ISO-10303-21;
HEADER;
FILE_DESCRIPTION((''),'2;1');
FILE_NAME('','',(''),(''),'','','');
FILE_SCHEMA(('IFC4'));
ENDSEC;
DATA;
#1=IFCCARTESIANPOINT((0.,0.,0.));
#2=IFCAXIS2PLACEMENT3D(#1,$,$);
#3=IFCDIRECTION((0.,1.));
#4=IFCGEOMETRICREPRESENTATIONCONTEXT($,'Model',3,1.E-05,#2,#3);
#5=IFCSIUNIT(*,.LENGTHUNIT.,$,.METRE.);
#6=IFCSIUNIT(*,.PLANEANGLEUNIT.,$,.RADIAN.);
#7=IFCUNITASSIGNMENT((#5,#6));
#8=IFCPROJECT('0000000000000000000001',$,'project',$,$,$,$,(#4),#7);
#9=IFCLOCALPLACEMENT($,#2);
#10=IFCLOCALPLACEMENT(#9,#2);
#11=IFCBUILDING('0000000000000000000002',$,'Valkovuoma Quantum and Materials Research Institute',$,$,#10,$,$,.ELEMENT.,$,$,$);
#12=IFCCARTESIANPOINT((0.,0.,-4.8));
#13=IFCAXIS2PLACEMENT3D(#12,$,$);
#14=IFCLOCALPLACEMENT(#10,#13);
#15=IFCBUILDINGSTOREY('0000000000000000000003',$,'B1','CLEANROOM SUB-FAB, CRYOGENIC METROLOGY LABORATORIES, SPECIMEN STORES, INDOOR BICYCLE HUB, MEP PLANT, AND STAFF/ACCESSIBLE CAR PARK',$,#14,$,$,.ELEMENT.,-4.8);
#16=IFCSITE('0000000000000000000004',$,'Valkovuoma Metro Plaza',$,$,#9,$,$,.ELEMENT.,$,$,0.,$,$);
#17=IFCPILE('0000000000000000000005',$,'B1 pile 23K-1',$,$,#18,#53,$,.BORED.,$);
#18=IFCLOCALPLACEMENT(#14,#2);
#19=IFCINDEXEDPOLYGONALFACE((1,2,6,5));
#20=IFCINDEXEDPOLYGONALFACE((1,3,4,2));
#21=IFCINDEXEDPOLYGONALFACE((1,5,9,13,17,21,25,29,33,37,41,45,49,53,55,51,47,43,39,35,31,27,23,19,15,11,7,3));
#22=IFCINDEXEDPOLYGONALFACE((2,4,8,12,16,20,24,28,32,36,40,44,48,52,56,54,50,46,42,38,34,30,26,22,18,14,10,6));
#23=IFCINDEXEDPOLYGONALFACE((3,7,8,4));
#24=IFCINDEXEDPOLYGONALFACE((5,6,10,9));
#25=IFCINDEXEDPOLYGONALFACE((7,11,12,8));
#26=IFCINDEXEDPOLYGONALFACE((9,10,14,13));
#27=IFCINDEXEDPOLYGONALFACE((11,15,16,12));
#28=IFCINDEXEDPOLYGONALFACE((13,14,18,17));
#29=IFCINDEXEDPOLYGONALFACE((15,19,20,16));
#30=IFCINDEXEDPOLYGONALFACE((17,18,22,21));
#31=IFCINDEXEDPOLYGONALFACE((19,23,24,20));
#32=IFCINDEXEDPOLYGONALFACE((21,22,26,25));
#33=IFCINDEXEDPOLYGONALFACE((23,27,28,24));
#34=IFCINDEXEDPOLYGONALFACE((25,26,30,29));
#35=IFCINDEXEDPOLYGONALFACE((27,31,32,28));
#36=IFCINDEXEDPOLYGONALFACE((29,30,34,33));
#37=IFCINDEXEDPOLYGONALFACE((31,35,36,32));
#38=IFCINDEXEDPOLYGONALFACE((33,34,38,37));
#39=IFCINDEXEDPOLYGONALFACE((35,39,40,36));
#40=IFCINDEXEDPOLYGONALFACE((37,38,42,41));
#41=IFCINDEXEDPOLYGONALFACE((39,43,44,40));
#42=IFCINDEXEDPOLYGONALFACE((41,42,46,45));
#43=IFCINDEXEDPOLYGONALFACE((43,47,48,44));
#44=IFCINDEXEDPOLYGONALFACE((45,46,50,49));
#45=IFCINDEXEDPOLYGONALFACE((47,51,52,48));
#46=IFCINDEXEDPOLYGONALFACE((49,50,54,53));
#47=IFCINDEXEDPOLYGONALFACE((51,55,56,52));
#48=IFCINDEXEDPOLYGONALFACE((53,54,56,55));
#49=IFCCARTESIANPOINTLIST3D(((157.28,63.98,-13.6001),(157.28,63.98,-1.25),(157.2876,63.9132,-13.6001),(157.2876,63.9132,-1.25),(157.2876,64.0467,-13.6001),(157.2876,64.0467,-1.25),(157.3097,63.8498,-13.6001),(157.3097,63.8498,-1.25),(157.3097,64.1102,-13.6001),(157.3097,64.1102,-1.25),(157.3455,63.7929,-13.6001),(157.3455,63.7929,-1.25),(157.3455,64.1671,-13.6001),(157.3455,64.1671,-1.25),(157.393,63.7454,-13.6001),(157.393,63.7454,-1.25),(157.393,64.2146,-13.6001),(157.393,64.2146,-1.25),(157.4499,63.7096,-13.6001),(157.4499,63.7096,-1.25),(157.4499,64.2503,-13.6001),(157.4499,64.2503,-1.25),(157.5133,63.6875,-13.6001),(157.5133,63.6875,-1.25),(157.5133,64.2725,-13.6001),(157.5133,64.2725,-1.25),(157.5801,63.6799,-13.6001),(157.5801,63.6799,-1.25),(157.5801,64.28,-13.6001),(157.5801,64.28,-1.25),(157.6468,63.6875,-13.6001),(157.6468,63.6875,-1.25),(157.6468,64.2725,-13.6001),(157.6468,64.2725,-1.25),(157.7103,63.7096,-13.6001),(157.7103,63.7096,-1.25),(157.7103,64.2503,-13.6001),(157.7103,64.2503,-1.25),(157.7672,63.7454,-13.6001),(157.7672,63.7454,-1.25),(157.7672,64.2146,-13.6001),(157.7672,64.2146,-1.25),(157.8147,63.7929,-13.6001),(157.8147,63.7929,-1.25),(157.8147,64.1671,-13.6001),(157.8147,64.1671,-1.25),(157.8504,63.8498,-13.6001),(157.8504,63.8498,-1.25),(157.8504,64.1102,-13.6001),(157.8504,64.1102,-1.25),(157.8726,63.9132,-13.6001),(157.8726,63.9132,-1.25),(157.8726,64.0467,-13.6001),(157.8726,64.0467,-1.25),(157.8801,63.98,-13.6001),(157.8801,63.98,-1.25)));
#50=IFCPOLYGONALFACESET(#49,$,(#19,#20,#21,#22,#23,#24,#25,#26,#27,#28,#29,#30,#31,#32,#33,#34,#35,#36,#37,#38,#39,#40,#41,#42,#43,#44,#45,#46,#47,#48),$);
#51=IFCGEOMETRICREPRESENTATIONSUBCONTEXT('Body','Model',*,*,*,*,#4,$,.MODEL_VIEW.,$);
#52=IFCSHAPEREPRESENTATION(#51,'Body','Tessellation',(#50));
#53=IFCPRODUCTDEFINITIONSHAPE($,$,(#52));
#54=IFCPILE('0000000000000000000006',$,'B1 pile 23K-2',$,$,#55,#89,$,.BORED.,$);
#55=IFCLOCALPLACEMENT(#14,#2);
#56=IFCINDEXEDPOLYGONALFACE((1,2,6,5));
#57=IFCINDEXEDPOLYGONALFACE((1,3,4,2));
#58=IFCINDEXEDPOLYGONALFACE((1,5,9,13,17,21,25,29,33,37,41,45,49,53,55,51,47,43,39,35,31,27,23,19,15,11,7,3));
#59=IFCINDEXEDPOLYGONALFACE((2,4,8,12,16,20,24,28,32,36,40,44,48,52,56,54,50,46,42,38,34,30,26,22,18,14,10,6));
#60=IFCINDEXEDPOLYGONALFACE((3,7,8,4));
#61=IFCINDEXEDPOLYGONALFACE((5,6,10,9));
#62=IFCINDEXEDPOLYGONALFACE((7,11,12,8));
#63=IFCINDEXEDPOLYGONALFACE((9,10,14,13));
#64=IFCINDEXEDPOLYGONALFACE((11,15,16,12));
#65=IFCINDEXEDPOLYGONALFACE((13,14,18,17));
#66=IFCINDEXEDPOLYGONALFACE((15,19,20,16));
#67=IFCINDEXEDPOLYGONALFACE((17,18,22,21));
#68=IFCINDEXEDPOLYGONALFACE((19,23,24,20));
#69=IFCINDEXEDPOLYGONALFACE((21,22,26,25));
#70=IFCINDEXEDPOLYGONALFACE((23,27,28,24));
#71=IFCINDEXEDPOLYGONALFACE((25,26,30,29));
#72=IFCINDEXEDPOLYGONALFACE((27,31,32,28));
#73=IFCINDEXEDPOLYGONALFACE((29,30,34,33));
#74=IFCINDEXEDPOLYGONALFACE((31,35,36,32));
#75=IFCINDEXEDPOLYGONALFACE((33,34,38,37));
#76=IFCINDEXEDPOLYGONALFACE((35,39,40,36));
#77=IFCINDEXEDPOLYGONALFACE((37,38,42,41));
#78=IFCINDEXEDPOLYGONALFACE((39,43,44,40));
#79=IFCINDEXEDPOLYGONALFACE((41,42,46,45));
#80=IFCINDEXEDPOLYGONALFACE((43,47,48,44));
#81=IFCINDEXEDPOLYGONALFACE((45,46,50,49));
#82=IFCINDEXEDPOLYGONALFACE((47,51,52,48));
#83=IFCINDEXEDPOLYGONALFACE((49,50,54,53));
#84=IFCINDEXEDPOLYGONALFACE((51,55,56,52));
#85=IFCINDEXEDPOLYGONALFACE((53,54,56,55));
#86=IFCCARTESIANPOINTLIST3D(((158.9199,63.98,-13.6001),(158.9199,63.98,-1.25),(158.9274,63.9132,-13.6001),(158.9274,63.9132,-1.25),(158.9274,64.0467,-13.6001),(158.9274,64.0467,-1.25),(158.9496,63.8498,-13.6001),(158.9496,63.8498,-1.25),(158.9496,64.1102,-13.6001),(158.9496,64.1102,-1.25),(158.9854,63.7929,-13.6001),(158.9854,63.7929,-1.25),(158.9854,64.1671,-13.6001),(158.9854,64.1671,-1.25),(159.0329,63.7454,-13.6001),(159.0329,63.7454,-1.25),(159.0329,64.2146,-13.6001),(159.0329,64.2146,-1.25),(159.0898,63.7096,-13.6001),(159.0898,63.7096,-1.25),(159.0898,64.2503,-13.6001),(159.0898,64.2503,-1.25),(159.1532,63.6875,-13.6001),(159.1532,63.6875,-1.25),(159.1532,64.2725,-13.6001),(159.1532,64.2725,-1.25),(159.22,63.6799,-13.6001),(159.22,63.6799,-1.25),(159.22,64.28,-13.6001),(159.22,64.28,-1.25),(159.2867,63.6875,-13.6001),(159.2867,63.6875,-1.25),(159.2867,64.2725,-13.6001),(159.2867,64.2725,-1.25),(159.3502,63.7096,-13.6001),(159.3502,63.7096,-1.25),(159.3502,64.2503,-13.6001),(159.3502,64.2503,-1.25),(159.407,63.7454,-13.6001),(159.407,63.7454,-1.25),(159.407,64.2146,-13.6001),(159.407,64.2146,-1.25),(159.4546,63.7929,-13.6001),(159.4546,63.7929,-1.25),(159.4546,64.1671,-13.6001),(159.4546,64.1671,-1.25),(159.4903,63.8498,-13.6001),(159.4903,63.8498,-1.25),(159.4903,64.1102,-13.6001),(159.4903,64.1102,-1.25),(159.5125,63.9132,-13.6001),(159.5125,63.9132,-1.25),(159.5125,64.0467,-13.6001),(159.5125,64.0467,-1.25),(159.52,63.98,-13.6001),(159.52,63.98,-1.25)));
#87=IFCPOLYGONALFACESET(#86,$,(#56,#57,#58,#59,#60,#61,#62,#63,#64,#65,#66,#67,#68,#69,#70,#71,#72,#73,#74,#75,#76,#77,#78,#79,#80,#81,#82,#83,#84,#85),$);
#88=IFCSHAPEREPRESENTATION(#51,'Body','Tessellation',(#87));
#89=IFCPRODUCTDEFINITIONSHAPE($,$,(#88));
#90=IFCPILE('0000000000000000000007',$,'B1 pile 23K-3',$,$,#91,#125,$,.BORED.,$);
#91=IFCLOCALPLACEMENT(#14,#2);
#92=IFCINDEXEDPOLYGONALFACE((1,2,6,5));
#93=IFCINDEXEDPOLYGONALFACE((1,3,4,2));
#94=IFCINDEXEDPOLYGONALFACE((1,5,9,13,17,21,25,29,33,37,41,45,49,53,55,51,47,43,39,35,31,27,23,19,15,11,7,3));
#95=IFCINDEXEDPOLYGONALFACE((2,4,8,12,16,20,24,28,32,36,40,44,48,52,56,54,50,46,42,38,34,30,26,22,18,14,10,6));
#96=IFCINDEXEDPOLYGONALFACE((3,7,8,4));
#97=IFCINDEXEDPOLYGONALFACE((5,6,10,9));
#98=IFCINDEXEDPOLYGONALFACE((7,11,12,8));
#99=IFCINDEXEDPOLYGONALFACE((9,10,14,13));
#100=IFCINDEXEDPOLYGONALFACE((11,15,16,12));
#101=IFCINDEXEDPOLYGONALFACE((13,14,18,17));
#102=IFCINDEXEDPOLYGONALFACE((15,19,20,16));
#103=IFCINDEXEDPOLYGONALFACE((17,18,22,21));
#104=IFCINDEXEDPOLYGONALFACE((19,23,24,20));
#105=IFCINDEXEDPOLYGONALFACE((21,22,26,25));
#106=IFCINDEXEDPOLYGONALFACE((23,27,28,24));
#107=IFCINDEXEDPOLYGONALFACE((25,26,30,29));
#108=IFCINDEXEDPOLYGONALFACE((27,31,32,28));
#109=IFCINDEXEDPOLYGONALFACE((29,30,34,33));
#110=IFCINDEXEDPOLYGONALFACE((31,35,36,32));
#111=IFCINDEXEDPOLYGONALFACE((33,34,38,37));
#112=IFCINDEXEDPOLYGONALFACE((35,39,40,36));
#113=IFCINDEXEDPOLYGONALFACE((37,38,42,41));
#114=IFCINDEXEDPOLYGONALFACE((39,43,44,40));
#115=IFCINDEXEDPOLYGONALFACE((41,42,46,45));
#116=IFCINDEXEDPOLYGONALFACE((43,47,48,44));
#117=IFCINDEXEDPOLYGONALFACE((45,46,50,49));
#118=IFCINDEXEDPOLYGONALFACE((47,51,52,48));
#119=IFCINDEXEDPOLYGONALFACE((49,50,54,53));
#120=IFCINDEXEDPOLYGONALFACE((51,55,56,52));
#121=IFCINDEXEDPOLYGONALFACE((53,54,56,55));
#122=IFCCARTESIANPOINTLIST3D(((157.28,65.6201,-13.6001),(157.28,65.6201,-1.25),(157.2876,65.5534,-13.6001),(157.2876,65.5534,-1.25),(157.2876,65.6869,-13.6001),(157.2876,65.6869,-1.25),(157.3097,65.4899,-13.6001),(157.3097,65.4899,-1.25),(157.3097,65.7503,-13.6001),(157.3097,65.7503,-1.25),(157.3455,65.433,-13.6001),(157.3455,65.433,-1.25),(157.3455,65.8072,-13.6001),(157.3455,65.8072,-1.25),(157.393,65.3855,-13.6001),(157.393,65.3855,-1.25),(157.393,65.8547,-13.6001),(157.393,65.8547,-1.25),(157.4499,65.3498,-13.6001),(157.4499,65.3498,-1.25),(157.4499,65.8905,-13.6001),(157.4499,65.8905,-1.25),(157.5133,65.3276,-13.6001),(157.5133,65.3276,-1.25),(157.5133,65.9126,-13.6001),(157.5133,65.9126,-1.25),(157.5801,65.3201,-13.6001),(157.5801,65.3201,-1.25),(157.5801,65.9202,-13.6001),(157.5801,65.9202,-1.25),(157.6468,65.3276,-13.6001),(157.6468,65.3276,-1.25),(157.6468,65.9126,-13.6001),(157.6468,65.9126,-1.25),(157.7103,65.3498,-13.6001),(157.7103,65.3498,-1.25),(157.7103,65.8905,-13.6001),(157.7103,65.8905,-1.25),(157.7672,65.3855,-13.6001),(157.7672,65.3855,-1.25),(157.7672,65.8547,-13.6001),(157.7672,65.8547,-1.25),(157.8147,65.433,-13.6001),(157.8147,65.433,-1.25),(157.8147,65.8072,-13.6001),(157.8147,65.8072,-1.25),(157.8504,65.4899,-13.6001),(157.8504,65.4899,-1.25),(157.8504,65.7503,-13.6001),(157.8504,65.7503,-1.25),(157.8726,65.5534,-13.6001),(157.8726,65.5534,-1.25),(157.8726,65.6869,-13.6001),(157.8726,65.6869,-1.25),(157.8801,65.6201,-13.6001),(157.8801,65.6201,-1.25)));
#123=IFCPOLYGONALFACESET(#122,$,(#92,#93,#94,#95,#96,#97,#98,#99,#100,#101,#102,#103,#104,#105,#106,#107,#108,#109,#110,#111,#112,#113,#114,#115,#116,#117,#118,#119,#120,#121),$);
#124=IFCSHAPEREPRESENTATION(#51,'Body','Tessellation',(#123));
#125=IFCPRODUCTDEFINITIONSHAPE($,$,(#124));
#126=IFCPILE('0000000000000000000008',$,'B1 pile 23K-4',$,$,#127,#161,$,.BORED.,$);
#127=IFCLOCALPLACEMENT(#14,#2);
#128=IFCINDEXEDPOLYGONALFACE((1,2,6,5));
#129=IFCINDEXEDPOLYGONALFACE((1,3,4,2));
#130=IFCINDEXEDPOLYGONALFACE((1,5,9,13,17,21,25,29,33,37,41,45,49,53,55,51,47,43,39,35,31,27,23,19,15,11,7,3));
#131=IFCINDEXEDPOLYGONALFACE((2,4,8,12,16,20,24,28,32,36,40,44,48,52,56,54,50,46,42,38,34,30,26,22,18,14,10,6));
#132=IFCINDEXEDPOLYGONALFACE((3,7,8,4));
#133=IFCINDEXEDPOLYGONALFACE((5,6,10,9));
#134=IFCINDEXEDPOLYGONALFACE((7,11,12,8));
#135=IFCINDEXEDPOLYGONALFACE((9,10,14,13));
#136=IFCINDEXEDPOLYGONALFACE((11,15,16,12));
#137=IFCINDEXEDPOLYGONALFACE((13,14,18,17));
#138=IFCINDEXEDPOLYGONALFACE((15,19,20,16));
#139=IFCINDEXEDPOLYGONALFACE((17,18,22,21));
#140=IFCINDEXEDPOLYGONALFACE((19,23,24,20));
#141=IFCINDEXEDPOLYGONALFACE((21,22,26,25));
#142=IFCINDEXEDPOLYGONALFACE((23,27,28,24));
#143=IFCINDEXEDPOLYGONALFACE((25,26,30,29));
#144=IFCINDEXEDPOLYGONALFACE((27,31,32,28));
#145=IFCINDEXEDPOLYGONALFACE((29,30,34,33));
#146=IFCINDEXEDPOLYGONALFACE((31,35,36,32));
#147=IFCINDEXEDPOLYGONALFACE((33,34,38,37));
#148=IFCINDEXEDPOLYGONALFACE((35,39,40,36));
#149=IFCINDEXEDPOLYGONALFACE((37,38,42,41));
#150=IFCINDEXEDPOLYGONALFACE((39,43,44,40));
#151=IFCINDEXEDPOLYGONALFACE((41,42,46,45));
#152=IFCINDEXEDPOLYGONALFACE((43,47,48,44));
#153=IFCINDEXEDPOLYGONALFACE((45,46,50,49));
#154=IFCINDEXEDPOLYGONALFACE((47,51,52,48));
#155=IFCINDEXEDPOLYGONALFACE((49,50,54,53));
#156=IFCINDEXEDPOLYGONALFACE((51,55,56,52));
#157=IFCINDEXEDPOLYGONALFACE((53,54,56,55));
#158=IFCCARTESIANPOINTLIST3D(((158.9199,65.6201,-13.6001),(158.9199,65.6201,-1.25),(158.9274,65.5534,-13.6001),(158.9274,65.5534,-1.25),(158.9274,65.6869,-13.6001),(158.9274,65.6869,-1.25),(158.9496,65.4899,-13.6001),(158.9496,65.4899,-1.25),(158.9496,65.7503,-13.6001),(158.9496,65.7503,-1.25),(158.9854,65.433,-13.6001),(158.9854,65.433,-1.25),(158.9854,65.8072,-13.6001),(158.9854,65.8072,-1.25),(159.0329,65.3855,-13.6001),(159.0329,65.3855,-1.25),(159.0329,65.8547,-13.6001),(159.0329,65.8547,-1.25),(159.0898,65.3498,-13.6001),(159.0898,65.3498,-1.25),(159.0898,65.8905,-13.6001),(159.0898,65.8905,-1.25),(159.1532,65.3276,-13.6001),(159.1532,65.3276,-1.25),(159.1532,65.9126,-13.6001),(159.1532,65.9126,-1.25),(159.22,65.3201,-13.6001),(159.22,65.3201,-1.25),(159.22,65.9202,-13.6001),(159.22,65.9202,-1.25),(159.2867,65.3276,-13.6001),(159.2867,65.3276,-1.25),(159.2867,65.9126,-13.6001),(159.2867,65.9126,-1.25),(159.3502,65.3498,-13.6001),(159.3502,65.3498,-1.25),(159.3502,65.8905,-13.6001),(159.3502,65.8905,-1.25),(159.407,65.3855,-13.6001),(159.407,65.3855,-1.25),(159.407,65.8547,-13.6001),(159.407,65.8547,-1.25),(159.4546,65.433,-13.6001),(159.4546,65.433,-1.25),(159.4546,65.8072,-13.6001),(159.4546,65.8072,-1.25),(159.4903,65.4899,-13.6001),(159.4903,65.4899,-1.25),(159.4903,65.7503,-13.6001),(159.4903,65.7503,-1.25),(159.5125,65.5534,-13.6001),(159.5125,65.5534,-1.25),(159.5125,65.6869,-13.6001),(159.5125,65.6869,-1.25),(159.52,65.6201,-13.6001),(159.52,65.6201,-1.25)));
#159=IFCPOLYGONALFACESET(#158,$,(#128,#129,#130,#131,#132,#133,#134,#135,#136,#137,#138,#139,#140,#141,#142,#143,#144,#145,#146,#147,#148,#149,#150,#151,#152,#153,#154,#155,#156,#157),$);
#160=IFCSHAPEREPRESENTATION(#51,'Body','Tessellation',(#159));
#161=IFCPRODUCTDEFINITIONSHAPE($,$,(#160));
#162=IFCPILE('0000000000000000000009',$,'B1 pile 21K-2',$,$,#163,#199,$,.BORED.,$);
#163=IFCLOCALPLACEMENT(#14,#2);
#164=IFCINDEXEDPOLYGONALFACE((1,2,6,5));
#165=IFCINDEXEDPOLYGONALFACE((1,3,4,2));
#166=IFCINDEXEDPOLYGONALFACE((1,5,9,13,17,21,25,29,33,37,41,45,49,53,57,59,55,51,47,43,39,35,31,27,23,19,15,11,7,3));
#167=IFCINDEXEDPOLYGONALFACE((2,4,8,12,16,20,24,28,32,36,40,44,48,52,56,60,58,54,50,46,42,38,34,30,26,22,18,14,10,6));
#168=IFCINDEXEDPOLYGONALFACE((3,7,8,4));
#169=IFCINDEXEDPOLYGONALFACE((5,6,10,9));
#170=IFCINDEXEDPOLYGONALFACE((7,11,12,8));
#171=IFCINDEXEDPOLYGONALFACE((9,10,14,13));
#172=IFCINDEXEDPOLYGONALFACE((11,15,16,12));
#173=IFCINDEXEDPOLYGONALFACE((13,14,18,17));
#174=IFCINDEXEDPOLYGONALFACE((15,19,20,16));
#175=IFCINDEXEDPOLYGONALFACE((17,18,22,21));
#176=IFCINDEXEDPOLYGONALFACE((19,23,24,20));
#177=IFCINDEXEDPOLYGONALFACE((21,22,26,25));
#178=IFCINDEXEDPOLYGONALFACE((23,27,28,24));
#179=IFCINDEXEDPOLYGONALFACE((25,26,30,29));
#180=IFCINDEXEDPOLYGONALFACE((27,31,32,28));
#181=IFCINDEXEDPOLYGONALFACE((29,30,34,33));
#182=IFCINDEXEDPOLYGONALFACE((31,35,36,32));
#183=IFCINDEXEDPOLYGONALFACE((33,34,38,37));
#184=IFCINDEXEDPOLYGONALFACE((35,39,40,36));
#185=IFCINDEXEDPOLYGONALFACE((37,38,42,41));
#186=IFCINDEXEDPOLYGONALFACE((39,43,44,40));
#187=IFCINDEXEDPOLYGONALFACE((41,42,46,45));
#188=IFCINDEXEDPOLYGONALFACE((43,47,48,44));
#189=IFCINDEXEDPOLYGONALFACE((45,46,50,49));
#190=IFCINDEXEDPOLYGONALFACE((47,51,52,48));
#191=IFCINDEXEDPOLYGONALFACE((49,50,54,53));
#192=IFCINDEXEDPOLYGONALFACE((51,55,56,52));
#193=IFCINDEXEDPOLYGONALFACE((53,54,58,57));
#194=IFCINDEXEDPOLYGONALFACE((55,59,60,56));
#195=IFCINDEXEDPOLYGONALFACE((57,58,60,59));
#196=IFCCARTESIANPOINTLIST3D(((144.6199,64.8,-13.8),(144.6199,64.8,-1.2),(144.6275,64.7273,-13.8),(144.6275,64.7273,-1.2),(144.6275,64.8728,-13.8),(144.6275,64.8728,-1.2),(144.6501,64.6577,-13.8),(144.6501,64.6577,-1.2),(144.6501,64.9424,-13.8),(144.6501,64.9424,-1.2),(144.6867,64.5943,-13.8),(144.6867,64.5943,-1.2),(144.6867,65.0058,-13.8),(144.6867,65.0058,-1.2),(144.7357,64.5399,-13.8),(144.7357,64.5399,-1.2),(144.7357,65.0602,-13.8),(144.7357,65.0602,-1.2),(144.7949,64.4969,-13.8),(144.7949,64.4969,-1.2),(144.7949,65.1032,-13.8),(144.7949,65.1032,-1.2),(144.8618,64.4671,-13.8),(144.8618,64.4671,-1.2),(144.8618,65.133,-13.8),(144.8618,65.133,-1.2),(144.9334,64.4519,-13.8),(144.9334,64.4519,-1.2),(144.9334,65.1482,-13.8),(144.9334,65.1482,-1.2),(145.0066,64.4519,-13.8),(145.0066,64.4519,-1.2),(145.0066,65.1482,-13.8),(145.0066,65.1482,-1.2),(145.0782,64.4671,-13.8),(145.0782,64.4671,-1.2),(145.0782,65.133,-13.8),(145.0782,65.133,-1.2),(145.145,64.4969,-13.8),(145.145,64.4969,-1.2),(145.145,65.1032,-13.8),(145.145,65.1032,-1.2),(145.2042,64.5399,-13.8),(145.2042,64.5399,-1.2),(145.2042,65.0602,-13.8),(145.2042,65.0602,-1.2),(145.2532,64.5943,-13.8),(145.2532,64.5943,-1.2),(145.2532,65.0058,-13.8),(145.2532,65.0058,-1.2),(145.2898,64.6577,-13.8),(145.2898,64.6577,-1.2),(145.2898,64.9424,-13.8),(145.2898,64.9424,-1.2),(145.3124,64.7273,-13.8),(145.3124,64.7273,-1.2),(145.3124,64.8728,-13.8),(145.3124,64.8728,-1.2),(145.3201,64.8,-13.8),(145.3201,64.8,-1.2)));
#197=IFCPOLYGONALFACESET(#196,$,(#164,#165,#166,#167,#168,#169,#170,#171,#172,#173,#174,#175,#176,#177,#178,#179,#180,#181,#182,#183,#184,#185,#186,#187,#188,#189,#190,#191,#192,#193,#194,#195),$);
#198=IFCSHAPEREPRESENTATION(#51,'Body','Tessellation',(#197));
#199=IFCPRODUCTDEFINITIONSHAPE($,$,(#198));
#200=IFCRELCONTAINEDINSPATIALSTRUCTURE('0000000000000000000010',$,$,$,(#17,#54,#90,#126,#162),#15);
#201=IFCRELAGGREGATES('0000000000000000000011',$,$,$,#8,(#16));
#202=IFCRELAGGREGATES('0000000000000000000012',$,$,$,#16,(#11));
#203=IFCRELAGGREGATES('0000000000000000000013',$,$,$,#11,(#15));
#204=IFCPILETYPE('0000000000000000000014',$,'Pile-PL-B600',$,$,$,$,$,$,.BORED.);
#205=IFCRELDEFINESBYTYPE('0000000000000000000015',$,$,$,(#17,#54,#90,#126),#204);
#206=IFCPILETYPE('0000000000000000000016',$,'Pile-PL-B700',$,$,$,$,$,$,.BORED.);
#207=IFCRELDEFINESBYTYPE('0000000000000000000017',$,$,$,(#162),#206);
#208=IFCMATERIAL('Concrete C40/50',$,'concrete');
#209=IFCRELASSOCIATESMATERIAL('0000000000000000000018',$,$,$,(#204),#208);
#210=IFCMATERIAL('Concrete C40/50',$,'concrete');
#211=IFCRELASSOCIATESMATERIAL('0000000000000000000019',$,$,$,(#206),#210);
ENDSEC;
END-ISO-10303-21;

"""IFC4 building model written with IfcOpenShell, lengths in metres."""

from ifc_helpers import new_model, si_unit, direction, frame, origin, origin_2d, place, context, subcontext, project, spatial, circle, extrude, material, material_profile, profile_set, type_object, element, save


model = new_model("IFC4")

# Units and contexts
model_context = context("Model", 3, precision=1e-05, world=origin(), true_north=direction((0.0, 1.0)))
body_context = subcontext(model_context, "Body", "Model", "MODEL_VIEW")
ifc_project = project(units=[si_unit("LENGTHUNIT", "METRE"), si_unit("PLANEANGLEUNIT", "RADIAN")], contexts=[model_context])

# Site, building, storey
site_placement = place(None, origin())
site = spatial("IfcSite", under=ifc_project, at=site_placement, Name="Valkovuoma Metro Plaza", CompositionType="ELEMENT", RefElevation=0.0)
building_placement = place(site_placement, origin())
building = spatial("IfcBuilding", under=site, at=building_placement, Name="Valkovuoma Quantum and Materials Research Institute", CompositionType="ELEMENT")
storey_placement = place(building_placement, frame((0.0, 0.0, -4.8)))
storey = spatial("IfcBuildingStorey", under=building, at=storey_placement, Name="B1", Description="CLEANROOM SUB-FAB, CRYOGENIC METROLOGY LABORATORIES, SPECIMEN STORES, INDOOR BICYCLE HUB, MEP PLANT, AND STAFF/ACCESSIBLE CAR PARK", CompositionType="ELEMENT", Elevation=-4.8)

# Piles
ifc_material_1 = material(Name="Concrete C40/50", Category="concrete")
ifc_material_profile_1 = material_profile(ifc_material_1, circle(Radius=0.3, at=origin_2d()), Name="Concrete C40/50")
ifc_profile_set_1 = profile_set([ifc_material_profile_1], Name="Concrete C40/50")
pile_type_1 = type_object("IfcPileType", Name="Pile-PL-B600", PredefinedType="BORED", material=ifc_profile_set_1)
for number, where, z_axis, x_axis, name in (
    (1, (157.5801, 63.98, -1.25), (0.0, 0.0, -1.0), (1.0, 0.0, 0.0), "B1 pile 23K-1"),
    (2, (159.22, 63.98, -1.25), (0.0, 0.0, -1.0), (1.0, 0.0, 0.0), "B1 pile 23K-2"),
    (3, (157.5801, 65.6201, -1.25), (0.0, 0.0, -1.0), (1.0, 0.0, 0.0), "B1 pile 23K-3"),
    (4, (159.22, 65.6201, -1.25), (0.0, 0.0, -1.0), (1.0, 0.0, 0.0), "B1 pile 23K-4"),
):
    element("IfcPile", number, at=place(storey_placement, frame(where, z_axis=z_axis, x_axis=x_axis)), inside=storey, type_object=pile_type_1, Name=name, PredefinedType="BORED", context=body_context, shape_type="SweptSolid", body=[
        extrude(circle(Radius=0.3, at=origin_2d()), origin(), (0.0, 0.0, 1.0), 12.3501),
    ])
ifc_material_2 = material(Name="Concrete C40/50", Category="concrete")
ifc_material_profile_2 = material_profile(ifc_material_2, circle(Radius=0.3501, at=origin_2d()), Name="Concrete C40/50")
ifc_profile_set_2 = profile_set([ifc_material_profile_2], Name="Concrete C40/50")
pile_type_2 = type_object("IfcPileType", Name="Pile-PL-B700", PredefinedType="BORED", material=ifc_profile_set_2)
for number, where, z_axis, x_axis, name in (
    (5, (144.97, 64.8, -1.2), (0.0, 0.0, -1.0), (1.0, 0.0, 0.0), "B1 pile 21K-2"),
):
    element("IfcPile", number, at=place(storey_placement, frame(where, z_axis=z_axis, x_axis=x_axis)), inside=storey, type_object=pile_type_2, Name=name, PredefinedType="BORED", context=body_context, shape_type="SweptSolid", body=[
        extrude(circle(Radius=0.3501, at=origin_2d()), origin(), (0.0, 0.0, 1.0), 12.6001),
    ])

save(model, "model.ifc")
